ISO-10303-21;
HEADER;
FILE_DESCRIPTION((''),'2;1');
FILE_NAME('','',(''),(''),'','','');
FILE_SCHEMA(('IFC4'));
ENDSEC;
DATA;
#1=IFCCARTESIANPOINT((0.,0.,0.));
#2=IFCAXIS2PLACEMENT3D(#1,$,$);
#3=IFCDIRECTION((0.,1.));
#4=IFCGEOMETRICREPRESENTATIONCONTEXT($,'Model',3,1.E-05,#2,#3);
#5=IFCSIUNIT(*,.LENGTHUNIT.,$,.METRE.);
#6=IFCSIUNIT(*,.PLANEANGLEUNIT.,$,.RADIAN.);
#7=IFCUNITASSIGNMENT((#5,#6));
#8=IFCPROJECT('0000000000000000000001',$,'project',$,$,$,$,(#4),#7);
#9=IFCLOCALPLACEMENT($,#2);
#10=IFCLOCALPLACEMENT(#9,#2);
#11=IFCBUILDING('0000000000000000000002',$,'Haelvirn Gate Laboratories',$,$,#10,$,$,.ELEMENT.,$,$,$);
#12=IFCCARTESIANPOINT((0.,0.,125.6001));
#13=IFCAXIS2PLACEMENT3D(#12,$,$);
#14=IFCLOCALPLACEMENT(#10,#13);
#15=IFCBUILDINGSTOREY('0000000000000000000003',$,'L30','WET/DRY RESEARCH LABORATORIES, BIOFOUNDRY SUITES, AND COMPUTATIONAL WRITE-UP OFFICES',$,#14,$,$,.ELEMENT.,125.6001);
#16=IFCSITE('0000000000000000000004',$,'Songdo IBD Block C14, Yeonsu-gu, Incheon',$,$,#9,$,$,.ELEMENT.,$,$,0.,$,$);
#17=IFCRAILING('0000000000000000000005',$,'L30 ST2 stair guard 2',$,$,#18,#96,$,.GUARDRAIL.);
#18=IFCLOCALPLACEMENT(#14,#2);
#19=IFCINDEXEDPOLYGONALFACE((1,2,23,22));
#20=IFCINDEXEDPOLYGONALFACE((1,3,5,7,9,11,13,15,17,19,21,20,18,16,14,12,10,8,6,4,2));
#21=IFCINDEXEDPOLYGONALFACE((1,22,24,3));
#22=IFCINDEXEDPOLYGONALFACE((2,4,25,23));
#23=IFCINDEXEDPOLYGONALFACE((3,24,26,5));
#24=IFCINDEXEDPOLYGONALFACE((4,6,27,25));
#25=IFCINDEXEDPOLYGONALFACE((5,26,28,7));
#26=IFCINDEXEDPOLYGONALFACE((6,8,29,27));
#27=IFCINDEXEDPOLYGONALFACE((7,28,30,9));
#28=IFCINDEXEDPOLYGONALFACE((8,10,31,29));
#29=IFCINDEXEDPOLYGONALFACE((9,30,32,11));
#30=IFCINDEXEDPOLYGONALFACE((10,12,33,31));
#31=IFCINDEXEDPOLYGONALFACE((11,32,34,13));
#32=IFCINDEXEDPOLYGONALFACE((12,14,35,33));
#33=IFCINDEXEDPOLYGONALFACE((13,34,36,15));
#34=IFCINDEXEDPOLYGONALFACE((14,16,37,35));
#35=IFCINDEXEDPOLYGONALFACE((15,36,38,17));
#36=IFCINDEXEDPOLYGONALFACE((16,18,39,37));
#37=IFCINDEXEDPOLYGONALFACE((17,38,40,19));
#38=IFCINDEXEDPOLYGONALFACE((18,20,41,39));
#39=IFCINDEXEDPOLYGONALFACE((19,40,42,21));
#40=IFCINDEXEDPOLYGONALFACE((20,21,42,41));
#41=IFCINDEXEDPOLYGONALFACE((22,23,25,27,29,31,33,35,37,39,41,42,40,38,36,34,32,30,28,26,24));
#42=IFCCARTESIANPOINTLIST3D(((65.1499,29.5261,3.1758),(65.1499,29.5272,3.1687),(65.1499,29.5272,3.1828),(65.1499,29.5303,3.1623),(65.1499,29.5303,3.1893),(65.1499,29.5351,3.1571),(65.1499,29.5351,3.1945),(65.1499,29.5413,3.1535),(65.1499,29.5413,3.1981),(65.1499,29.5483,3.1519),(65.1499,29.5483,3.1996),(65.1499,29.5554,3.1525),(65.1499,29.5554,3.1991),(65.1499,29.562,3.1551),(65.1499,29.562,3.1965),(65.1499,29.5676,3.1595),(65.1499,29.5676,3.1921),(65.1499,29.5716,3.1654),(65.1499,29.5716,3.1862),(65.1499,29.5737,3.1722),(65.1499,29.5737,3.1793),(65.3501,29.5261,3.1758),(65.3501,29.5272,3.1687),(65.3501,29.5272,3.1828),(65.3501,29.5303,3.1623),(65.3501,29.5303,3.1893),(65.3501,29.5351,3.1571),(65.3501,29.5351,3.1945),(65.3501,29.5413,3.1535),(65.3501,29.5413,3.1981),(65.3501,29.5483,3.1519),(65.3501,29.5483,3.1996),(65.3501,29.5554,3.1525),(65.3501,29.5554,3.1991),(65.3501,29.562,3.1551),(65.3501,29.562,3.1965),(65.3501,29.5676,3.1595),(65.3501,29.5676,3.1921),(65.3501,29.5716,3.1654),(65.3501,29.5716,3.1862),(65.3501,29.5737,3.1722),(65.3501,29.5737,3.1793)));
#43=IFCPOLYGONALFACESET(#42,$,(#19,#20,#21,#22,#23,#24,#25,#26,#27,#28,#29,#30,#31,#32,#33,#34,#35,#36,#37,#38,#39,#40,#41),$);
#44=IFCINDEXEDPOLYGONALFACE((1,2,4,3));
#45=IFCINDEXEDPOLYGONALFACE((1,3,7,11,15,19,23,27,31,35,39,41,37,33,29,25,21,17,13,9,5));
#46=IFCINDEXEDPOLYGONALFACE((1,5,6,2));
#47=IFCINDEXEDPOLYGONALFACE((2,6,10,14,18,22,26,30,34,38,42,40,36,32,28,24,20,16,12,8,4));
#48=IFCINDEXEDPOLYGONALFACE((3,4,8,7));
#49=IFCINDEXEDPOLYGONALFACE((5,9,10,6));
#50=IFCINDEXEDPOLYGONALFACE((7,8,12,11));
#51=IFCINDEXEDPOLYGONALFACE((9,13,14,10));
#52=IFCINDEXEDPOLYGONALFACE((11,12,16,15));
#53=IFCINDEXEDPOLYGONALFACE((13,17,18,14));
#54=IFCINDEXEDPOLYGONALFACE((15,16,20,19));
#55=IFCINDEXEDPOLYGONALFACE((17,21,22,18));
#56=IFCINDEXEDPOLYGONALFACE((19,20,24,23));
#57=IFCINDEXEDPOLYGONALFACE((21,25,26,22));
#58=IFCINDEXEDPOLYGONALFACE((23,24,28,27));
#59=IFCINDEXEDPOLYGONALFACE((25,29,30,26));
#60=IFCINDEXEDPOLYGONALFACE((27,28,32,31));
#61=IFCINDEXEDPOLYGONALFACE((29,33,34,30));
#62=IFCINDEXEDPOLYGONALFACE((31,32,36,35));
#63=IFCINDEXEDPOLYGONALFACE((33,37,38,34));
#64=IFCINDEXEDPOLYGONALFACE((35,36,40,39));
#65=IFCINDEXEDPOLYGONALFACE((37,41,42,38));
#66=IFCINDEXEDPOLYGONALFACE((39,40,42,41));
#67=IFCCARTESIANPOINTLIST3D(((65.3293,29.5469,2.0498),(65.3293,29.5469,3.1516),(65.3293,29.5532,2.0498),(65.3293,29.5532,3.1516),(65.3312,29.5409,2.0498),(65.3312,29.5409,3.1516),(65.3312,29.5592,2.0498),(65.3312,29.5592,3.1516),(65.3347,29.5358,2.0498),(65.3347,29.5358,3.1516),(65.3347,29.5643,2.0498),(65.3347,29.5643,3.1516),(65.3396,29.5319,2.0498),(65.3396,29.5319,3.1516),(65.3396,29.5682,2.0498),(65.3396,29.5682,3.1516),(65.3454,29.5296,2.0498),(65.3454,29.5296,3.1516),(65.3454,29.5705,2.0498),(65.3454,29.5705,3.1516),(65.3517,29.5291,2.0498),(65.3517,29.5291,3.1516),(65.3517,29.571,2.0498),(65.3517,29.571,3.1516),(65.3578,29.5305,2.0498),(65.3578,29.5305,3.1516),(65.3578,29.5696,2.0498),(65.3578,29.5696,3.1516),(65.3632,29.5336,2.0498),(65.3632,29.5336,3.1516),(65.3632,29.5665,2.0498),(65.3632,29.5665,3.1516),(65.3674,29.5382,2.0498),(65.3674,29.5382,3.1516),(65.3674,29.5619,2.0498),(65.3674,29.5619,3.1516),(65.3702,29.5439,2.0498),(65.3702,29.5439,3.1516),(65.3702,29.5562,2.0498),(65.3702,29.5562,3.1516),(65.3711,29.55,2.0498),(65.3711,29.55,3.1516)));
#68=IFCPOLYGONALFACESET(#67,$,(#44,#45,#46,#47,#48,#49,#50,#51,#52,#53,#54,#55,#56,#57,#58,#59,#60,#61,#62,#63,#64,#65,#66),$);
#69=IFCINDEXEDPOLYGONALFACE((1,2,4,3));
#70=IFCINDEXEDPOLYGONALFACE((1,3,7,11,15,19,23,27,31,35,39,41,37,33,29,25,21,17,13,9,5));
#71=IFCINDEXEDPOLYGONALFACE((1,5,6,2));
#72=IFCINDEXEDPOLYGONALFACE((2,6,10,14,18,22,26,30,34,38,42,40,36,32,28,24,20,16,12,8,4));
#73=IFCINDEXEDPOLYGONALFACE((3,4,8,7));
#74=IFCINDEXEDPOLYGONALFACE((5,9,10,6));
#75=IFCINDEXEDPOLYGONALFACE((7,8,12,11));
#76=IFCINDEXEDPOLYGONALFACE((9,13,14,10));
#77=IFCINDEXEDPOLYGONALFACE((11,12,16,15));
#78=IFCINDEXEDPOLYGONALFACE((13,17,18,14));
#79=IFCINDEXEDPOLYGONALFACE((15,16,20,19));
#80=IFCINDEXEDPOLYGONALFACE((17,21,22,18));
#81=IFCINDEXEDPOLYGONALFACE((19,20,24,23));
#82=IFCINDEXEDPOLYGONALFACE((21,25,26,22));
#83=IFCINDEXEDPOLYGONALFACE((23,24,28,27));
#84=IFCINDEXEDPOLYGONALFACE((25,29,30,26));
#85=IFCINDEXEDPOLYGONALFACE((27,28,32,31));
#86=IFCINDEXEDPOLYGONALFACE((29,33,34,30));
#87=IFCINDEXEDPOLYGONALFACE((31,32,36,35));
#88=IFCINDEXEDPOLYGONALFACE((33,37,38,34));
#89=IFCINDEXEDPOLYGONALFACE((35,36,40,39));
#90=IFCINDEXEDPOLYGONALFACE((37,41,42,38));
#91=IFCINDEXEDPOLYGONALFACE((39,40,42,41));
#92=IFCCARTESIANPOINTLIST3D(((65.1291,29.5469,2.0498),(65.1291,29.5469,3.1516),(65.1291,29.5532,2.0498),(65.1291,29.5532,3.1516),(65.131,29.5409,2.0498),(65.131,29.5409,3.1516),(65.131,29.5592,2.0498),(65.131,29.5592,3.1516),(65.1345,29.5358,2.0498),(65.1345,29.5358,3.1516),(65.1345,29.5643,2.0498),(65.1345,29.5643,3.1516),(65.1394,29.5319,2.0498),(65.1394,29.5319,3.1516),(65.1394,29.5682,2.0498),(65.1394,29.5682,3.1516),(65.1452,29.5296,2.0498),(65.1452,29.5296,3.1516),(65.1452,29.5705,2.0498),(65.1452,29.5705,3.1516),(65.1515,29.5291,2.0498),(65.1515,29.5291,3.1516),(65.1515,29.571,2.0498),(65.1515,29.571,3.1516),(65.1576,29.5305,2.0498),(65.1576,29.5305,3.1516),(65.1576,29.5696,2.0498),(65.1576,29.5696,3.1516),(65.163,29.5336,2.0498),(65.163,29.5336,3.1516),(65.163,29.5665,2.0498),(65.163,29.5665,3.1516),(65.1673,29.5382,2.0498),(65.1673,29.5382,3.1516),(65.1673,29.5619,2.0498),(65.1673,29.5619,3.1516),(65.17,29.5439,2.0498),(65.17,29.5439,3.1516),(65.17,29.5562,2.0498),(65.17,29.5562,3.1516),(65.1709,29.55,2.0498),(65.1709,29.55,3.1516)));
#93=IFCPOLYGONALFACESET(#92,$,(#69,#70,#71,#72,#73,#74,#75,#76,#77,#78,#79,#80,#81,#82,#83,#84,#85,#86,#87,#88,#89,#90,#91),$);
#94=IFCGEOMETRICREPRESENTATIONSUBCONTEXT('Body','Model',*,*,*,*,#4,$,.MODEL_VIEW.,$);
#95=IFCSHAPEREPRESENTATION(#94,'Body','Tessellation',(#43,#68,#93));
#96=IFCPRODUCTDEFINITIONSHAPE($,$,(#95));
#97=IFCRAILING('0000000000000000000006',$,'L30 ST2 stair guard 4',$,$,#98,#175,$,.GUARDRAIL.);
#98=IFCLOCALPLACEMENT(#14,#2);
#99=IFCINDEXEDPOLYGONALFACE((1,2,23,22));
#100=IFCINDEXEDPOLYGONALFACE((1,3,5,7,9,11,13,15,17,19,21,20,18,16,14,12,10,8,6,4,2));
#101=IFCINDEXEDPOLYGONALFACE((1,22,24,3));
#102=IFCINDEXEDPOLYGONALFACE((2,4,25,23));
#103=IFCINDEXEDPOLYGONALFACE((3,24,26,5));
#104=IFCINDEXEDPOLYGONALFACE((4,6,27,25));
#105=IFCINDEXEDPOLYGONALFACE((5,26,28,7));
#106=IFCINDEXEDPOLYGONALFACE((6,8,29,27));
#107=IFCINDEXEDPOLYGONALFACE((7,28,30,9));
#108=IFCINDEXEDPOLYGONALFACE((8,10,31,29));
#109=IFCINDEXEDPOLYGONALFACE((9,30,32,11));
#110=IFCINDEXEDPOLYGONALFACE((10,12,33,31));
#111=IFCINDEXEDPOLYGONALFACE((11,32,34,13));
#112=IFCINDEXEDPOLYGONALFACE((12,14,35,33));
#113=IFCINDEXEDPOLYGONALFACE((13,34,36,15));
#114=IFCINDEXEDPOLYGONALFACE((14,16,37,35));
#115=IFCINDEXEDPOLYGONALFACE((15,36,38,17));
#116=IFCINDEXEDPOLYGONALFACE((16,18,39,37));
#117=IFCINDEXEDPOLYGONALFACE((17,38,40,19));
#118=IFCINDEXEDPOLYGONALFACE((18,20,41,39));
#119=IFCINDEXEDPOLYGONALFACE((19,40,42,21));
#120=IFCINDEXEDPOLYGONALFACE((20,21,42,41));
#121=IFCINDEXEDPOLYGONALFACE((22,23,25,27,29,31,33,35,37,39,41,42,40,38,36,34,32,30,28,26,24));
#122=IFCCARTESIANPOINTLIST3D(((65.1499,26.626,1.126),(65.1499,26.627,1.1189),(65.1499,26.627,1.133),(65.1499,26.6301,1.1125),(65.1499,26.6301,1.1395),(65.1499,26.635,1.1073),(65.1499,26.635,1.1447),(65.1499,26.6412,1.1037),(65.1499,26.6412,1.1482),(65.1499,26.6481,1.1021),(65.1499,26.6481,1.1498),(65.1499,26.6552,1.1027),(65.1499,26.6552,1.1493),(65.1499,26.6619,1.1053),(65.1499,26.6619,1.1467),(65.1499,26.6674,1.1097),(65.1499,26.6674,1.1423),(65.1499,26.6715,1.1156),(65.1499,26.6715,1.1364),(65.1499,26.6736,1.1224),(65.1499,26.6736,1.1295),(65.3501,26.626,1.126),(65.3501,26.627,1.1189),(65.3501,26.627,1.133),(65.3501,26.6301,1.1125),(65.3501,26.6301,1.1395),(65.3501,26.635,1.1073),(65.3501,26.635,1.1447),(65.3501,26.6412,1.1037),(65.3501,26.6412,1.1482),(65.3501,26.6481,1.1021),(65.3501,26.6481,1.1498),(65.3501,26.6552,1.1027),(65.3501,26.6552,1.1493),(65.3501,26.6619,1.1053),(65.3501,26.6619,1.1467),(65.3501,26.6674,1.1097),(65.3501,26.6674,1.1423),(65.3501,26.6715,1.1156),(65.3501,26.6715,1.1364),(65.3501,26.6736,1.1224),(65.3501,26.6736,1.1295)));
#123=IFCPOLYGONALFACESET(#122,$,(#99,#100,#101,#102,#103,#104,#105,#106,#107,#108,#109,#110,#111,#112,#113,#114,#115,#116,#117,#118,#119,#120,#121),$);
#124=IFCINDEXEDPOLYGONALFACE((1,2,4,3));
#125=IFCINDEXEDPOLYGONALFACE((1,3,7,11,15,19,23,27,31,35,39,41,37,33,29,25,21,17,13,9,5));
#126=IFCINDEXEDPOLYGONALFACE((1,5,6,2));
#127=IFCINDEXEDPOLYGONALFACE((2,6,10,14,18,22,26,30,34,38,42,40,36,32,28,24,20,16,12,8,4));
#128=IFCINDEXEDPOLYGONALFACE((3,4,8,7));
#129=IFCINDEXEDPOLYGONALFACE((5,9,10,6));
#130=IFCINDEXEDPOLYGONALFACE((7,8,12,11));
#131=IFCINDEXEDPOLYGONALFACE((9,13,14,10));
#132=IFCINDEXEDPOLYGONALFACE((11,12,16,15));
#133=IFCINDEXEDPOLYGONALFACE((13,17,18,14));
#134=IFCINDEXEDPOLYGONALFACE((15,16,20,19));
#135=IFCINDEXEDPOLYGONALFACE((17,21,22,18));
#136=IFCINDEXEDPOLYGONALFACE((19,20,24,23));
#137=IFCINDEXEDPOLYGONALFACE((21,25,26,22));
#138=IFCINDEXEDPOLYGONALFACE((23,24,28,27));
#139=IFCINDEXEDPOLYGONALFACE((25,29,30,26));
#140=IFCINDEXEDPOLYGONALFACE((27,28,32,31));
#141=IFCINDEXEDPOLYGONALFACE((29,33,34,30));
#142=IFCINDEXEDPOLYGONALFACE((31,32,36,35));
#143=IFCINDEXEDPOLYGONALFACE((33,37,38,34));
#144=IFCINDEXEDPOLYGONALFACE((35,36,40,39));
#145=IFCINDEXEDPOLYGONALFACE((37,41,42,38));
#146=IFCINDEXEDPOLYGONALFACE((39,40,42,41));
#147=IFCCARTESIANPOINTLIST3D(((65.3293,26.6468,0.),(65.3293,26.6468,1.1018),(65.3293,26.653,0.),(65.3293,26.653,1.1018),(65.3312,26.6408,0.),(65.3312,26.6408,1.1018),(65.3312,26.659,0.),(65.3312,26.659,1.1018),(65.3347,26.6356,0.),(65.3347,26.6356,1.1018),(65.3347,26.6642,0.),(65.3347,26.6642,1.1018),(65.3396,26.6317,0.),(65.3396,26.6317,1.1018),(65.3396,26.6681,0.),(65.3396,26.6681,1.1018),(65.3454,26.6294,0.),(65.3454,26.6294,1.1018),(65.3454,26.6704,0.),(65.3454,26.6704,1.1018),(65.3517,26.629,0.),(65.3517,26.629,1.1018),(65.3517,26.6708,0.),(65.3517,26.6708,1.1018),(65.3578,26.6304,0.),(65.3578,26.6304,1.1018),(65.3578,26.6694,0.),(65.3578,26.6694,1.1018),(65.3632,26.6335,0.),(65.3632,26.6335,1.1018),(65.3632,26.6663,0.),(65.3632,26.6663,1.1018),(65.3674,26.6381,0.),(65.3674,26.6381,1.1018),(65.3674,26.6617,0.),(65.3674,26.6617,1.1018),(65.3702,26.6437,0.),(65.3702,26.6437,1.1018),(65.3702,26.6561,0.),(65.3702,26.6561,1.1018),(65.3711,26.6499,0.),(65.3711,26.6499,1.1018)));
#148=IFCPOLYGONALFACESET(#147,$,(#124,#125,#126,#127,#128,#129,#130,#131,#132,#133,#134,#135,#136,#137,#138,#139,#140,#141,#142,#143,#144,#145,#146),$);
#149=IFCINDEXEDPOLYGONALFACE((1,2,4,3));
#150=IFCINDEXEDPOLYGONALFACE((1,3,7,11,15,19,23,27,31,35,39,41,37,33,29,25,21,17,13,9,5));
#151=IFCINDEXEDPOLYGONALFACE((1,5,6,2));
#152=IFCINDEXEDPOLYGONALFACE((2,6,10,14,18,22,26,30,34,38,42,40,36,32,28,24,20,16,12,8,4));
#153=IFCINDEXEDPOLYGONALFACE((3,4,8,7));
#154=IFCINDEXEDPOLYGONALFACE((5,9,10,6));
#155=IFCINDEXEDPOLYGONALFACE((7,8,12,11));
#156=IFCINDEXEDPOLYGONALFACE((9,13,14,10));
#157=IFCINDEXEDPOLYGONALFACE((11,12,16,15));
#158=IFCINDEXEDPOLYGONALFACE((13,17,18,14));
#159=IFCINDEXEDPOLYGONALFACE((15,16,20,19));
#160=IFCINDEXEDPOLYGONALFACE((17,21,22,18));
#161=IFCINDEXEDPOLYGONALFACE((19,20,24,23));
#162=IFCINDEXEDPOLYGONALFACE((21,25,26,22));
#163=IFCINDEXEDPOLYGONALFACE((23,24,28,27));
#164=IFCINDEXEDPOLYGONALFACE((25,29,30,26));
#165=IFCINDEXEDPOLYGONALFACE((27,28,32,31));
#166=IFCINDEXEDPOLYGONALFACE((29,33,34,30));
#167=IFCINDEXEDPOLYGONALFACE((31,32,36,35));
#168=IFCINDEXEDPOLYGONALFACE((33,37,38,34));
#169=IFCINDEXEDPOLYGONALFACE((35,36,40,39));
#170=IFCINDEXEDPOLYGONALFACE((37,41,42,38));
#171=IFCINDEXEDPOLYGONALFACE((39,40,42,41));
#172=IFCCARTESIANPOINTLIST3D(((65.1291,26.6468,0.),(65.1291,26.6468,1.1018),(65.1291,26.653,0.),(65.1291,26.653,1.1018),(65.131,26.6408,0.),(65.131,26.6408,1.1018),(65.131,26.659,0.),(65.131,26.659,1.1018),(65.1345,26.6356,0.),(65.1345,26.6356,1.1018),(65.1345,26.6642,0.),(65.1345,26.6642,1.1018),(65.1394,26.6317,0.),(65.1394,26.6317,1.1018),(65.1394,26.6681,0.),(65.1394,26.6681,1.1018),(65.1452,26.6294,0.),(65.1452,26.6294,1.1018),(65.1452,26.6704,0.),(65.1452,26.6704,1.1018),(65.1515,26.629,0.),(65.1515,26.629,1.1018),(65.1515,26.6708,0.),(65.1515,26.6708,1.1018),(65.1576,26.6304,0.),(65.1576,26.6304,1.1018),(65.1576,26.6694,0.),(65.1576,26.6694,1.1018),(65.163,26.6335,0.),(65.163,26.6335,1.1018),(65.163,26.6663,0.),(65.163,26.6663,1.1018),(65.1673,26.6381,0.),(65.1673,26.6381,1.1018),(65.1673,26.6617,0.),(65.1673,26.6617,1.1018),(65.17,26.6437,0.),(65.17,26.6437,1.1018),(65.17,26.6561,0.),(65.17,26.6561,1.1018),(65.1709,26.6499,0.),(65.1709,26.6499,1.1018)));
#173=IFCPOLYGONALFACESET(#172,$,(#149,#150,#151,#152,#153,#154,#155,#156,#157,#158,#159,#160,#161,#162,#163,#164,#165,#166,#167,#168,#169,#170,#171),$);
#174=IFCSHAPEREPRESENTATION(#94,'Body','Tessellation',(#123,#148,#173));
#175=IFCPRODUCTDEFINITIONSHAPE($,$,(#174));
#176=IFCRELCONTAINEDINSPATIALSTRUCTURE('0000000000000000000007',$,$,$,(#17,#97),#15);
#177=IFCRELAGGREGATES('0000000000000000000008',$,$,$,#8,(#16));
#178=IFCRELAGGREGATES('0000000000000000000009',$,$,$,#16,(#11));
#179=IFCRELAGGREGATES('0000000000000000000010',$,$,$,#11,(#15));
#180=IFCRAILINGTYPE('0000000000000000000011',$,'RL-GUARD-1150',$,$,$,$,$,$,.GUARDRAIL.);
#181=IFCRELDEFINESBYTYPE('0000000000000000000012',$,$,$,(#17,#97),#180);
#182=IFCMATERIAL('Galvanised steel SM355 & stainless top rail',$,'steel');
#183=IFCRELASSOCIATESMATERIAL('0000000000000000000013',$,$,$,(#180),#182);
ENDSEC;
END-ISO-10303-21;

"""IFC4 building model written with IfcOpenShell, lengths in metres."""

from ifc_helpers import new_model, si_unit, direction, frame, origin, origin_2d, place, context, subcontext, project, spatial, circle, extrude, source, transform, mapped, material, type_object, element, save


model = new_model("IFC4")

# Units and contexts
model_context = context("Model", 3, precision=1e-05, world=origin(), true_north=direction((0.0, 1.0)))
body_context = subcontext(model_context, "Body", "Model", "MODEL_VIEW")
ifc_project = project(units=[si_unit("LENGTHUNIT", "METRE"), si_unit("PLANEANGLEUNIT", "RADIAN")], contexts=[model_context])

# Site, building, storey
site_placement = place(None, origin())
site = spatial("IfcSite", under=ifc_project, at=site_placement, Name="Songdo IBD Block C14, Yeonsu-gu, Incheon", CompositionType="ELEMENT", RefElevation=0.0)
building_placement = place(site_placement, origin())
building = spatial("IfcBuilding", under=site, at=building_placement, Name="Haelvirn Gate Laboratories", CompositionType="ELEMENT")
storey_placement = place(building_placement, frame((0.0, 0.0, 125.6001)))
storey = spatial("IfcBuildingStorey", under=building, at=storey_placement, Name="L30", Description="WET/DRY RESEARCH LABORATORIES, BIOFOUNDRY SUITES, AND COMPUTATIONAL WRITE-UP OFFICES", CompositionType="ELEMENT", Elevation=125.6001)

# Railings
ifc_material_1 = material(Name="Galvanised steel SM355 & stainless top rail", Category="steel")
railing_type_1 = type_object("IfcRailingType", Name="RL-GUARD-1150", PredefinedType="GUARDRAIL", material=ifc_material_1)
shared_shape_1 = source(origin(), body_context, "Body", "SweptSolid", [
    extrude(circle(Radius=0.0239, at=origin_2d()), frame((0.0, 0.0, 1.126), z_axis=(-1.0, 0.0, 0.0), x_axis=(0.0, -1.0, 0.0)), (0.0, 0.0, 1.0), 0.2002),
    extrude(circle(Radius=0.021, at=origin_2d()), origin(), (0.0, 0.0, 1.0), 1.1018),
    extrude(circle(Radius=0.021, at=origin_2d()), frame((-0.2002, 0.0, 0.0)), (0.0, 0.0, 1.0), 1.1018),
])
for number, where, name in (
    (1, (65.3501, 29.55, 2.0498), "L30 ST2 stair guard 2"),
    (2, (65.3501, 26.6499, 0.0), "L30 ST2 stair guard 4"),
):
    element("IfcRailing", number, at=place(storey_placement, frame(where)), inside=storey, type_object=railing_type_1, Name=name, PredefinedType="GUARDRAIL", context=body_context, shape_type="MappedRepresentation", body=[
        mapped(shared_shape_1, transform((0.0, 0.0, 0.0), scale=1.0)),
    ])

save(model, "model.ifc")
